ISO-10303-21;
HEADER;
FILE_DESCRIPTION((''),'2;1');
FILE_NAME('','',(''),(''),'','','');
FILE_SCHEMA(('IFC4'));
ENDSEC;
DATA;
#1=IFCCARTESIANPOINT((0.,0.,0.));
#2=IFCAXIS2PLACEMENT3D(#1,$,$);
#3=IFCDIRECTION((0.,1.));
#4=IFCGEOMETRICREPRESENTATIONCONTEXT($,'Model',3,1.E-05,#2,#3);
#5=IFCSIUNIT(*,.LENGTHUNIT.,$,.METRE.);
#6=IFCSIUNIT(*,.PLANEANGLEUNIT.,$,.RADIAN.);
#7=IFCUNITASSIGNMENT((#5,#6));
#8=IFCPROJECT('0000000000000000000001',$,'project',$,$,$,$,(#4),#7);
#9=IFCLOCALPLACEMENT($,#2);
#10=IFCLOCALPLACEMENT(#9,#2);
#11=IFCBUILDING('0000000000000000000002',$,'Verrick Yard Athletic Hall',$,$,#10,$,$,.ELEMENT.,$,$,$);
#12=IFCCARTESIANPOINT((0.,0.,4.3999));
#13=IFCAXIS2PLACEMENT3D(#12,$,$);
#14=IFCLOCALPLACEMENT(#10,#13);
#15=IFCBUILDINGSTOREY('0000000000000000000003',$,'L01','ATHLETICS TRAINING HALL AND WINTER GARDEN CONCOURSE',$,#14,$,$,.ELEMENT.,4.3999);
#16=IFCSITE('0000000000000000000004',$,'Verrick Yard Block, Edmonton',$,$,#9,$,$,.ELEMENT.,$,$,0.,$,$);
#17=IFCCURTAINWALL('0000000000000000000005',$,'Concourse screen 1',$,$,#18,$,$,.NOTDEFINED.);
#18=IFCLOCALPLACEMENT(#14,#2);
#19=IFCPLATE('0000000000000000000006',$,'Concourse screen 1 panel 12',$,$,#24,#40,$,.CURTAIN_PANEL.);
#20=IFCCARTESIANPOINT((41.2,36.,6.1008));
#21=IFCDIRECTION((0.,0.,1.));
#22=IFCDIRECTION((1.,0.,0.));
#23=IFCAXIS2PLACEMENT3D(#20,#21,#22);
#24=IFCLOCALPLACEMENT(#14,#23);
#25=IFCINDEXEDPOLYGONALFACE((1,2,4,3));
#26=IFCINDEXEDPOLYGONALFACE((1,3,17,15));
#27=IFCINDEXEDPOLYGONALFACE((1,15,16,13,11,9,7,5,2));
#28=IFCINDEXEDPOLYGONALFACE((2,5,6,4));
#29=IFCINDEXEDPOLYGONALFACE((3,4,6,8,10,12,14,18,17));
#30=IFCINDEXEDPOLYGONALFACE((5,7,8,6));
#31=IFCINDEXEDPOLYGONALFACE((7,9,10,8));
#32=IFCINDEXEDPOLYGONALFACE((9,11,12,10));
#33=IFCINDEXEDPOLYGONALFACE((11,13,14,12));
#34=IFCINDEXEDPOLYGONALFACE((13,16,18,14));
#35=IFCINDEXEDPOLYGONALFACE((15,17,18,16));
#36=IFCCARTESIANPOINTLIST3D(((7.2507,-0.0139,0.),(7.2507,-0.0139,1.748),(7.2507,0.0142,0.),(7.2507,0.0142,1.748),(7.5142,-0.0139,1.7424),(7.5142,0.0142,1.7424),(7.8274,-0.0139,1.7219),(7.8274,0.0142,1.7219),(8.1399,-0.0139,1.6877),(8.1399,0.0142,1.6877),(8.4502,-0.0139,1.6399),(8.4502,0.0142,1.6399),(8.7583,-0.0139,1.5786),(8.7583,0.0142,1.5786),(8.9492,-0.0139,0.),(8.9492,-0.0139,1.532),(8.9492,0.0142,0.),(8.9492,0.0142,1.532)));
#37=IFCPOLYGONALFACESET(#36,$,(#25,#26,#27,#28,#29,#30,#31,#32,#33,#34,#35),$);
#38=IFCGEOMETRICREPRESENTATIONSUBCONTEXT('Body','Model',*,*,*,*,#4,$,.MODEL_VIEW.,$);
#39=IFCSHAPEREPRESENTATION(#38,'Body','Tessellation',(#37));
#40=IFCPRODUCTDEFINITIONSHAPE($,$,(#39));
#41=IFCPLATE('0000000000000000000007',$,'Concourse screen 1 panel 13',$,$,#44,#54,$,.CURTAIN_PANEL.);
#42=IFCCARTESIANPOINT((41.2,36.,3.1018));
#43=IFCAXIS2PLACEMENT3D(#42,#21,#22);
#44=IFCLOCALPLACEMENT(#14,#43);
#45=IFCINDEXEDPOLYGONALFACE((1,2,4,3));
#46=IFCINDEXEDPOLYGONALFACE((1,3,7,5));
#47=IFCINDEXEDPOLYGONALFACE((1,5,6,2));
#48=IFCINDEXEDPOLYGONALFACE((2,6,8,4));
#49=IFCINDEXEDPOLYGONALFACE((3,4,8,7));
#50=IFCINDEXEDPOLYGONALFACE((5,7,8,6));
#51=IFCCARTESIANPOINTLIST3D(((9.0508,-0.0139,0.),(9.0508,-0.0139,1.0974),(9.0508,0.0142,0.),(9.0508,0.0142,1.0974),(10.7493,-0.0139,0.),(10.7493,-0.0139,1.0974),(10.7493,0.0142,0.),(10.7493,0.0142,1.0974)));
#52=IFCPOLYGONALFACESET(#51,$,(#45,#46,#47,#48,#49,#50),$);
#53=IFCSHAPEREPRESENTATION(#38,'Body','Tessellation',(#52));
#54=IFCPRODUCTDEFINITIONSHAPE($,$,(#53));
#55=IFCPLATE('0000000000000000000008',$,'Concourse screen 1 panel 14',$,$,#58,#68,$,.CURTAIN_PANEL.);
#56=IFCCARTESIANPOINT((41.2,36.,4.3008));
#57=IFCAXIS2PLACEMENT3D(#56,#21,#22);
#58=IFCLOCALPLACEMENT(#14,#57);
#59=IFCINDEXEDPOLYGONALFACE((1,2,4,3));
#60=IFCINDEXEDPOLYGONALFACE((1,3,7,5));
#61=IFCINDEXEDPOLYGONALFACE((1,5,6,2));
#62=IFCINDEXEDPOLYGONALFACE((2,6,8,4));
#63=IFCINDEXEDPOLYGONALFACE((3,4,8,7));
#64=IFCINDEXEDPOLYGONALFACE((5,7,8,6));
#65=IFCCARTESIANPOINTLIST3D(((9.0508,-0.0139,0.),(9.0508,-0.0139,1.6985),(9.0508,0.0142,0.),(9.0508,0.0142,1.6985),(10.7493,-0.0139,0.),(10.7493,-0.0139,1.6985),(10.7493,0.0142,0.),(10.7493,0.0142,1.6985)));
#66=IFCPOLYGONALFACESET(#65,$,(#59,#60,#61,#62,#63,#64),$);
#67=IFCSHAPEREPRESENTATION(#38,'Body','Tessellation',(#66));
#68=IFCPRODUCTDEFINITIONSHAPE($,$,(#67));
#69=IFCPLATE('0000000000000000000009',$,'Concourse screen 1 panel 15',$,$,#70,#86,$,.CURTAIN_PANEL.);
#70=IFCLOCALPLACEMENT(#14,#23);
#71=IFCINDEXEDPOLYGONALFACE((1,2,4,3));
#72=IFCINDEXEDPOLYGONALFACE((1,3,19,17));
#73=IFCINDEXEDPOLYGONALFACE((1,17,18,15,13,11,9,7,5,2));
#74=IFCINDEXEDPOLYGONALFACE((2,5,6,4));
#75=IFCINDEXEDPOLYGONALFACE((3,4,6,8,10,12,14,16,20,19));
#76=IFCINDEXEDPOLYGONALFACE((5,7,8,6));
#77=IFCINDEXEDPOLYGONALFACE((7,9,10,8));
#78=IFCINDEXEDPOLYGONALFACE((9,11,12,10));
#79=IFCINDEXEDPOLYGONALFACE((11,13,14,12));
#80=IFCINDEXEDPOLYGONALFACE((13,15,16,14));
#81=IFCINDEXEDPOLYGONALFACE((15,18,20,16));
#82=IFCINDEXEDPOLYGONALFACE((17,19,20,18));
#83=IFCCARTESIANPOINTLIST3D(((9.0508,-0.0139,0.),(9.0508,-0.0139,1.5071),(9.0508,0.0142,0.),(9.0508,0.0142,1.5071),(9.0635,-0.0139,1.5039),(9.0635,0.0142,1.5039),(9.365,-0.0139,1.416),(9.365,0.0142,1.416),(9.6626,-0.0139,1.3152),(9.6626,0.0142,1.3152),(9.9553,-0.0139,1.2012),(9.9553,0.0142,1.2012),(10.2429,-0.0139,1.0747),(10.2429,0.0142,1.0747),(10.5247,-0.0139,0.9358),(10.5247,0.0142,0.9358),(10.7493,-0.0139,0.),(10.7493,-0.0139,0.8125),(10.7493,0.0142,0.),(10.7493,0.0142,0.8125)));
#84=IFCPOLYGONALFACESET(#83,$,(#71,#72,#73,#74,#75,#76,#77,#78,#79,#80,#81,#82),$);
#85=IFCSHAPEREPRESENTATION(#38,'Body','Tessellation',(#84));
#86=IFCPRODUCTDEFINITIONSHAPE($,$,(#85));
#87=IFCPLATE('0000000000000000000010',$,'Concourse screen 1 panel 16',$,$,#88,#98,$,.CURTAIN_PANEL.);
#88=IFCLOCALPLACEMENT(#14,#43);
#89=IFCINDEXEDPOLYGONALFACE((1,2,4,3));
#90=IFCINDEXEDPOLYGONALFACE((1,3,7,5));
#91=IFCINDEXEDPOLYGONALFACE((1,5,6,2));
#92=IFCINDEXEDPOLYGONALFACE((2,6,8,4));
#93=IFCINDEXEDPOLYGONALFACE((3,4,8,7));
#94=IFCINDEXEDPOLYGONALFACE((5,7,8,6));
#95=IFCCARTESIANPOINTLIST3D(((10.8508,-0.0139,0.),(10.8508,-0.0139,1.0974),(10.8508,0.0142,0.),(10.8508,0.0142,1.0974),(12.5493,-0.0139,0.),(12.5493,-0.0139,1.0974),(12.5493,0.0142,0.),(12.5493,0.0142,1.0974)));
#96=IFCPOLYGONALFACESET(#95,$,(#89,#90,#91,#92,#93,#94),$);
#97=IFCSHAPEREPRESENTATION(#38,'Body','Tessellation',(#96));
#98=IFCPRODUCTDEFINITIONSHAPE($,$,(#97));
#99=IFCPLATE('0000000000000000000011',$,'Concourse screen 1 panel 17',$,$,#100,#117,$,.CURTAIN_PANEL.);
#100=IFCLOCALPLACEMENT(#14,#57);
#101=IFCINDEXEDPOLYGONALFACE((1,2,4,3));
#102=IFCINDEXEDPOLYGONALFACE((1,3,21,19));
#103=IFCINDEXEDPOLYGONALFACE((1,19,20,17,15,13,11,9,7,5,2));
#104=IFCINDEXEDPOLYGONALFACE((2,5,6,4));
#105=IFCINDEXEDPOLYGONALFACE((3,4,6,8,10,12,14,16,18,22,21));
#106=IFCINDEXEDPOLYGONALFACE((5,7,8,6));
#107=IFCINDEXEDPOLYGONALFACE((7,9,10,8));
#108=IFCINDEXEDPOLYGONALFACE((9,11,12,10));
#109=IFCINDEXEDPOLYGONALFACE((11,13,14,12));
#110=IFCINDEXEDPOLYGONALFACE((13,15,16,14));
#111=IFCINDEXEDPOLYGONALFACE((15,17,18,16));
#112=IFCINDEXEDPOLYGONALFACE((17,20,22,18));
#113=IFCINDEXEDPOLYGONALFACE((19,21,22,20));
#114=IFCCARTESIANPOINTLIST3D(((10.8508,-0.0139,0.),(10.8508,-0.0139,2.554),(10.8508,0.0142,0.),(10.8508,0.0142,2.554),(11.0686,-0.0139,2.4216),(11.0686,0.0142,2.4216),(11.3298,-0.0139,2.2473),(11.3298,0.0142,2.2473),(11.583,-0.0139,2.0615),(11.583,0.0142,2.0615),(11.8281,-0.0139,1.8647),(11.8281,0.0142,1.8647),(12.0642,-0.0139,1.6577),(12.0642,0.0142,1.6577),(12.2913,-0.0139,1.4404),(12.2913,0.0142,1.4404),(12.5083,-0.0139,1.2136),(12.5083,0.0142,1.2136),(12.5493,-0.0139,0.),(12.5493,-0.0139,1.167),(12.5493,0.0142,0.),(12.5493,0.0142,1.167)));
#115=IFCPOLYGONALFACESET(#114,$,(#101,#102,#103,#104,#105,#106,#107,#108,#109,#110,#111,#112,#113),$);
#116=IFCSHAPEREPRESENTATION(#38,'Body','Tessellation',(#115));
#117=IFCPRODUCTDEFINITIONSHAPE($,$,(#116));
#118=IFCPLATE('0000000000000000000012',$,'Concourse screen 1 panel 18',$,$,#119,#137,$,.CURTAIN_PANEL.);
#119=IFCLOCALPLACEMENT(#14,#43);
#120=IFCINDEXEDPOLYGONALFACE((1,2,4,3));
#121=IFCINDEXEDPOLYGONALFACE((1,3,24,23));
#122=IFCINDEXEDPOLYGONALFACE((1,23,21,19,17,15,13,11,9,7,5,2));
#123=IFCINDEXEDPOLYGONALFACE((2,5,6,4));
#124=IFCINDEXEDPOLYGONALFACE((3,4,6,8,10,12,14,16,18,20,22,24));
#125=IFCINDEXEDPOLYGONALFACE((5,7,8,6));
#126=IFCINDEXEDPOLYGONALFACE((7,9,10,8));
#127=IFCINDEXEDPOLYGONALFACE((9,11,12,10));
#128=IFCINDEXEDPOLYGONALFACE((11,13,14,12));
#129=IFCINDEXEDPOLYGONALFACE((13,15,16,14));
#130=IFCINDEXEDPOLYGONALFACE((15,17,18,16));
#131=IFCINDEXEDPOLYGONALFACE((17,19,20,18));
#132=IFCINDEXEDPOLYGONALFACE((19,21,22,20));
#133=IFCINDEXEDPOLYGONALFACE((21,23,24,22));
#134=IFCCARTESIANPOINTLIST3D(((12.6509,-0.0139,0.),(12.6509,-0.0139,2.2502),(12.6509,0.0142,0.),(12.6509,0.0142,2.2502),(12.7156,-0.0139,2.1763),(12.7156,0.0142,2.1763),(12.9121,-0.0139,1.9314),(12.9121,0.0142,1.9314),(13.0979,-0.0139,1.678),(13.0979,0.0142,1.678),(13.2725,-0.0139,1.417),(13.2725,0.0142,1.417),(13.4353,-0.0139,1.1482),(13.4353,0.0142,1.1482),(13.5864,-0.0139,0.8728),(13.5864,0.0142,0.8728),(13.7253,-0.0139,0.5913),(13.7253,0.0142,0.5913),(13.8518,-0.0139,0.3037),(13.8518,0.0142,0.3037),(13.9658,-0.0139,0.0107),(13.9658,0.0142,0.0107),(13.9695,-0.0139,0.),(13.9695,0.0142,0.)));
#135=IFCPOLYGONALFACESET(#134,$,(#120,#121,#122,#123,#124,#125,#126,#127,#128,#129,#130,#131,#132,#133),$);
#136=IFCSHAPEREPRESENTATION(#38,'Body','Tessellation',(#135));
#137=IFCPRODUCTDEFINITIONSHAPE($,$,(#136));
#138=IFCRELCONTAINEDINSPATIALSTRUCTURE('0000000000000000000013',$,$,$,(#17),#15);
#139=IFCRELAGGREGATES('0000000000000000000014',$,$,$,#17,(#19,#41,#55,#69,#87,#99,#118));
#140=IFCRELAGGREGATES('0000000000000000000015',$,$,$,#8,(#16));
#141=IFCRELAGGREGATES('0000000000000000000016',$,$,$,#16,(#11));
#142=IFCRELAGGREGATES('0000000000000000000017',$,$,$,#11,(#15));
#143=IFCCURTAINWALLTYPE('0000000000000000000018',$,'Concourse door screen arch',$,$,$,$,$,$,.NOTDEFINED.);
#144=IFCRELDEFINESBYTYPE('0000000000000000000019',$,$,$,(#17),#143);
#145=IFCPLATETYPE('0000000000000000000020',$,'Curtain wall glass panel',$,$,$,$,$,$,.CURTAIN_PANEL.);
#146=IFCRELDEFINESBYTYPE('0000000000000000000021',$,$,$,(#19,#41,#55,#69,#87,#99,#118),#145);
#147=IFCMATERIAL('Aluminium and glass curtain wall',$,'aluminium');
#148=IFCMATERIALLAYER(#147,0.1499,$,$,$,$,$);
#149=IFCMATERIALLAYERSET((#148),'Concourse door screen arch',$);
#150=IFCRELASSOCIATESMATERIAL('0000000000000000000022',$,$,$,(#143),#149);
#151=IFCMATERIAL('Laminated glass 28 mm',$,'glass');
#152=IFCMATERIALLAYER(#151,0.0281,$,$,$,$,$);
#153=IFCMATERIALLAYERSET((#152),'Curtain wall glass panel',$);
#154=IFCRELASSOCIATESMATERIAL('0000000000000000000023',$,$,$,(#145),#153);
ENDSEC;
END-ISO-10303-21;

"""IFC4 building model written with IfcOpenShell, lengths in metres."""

from ifc_helpers import new_model, si_unit, direction, frame, origin, place, context, subcontext, project, spatial, polyline, outline, extrude, material, layer, layer_set, type_object, element, aggregate, save


model = new_model("IFC4")

# Units and contexts
model_context = context("Model", 3, precision=1e-05, world=origin(), true_north=direction((0.0, 1.0)))
body_context = subcontext(model_context, "Body", "Model", "MODEL_VIEW")
ifc_project = project(units=[si_unit("LENGTHUNIT", "METRE"), si_unit("PLANEANGLEUNIT", "RADIAN")], contexts=[model_context])

# Site, building, storey
site_placement = place(None, origin())
site = spatial("IfcSite", under=ifc_project, at=site_placement, Name="Verrick Yard Block, Edmonton", CompositionType="ELEMENT", RefElevation=0.0)
building_placement = place(site_placement, origin())
building = spatial("IfcBuilding", under=site, at=building_placement, Name="Verrick Yard Athletic Hall", CompositionType="ELEMENT")
storey_placement = place(building_placement, frame((0.0, 0.0, 4.3999)))
storey = spatial("IfcBuildingStorey", under=building, at=storey_placement, Name="L01", Description="ATHLETICS TRAINING HALL AND WINTER GARDEN CONCOURSE", CompositionType="ELEMENT", Elevation=4.3999)

# Curtain wall, plates
ifc_material_1 = material(Name="Aluminium and glass curtain wall", Category="aluminium")
ifc_layer_1 = layer(ifc_material_1, 0.1499)
ifc_layer_set_1 = layer_set([ifc_layer_1], Name="Concourse door screen arch")
curtain_wall_type = type_object("IfcCurtainWallType", Name="Concourse door screen arch", PredefinedType="NOTDEFINED", material=ifc_layer_set_1)
curtain_wall_placement = place(storey_placement, origin())
curtain_wall = element("IfcCurtainWall", 1, at=curtain_wall_placement, inside=storey, type_object=curtain_wall_type, Name="Concourse screen 1", PredefinedType="NOTDEFINED")
ifc_material_2 = material(Name="Laminated glass 28 mm", Category="glass")
ifc_layer_2 = layer(ifc_material_2, 0.0281)
ifc_layer_set_2 = layer_set([ifc_layer_2], Name="Curtain wall glass panel")
plate_type = type_object("IfcPlateType", Name="Curtain wall glass panel", PredefinedType="CURTAIN_PANEL", material=ifc_layer_set_2)
plate_1_placement = place(storey_placement, frame((41.2, 36.0, 6.1008), z_axis=(0.0, 0.0, 1.0), x_axis=(1.0, 0.0, 0.0)))
plate_1 = element("IfcPlate", 2, at=plate_1_placement, type_object=plate_type, Name="Concourse screen 1 panel 12", PredefinedType="CURTAIN_PANEL", context=body_context, shape_type="SweptSolid", body=[
    extrude(outline(polyline([(8.9492, 1.532), (8.7583, 1.5786), (8.4502, 1.6399), (8.1399, 1.6877), (7.8274, 1.7219), (7.5142, 1.7424), (7.2507, 1.748), (7.2507, 0.0), (8.9492, 0.0), (8.9492, 1.532)])), frame((0.0, 0.0142, 0.0), z_axis=(0.0, -1.0, 0.0), x_axis=(1.0, 0.0, 0.0)), (0.0, 0.0, 1.0), 0.0281),
])
plate_2_placement = place(storey_placement, frame((41.2, 36.0, 3.1018), z_axis=(0.0, 0.0, 1.0), x_axis=(1.0, 0.0, 0.0)))
plate_2 = element("IfcPlate", 3, at=plate_2_placement, type_object=plate_type, Name="Concourse screen 1 panel 13", PredefinedType="CURTAIN_PANEL", context=body_context, shape_type="SweptSolid", body=[
    extrude(outline(polyline([(10.7493, 0.0), (10.7493, 1.0974), (9.0508, 1.0974), (9.0508, 0.0), (10.7493, 0.0)])), frame((0.0, 0.0142, 0.0), z_axis=(0.0, -1.0, 0.0), x_axis=(1.0, 0.0, 0.0)), (0.0, 0.0, 1.0), 0.0281),
])
plate_3_placement = place(storey_placement, frame((41.2, 36.0, 4.3008), z_axis=(0.0, 0.0, 1.0), x_axis=(1.0, 0.0, 0.0)))
plate_3 = element("IfcPlate", 4, at=plate_3_placement, type_object=plate_type, Name="Concourse screen 1 panel 14", PredefinedType="CURTAIN_PANEL", context=body_context, shape_type="SweptSolid", body=[
    extrude(outline(polyline([(10.7493, 0.0), (10.7493, 1.6985), (9.0508, 1.6985), (9.0508, 0.0), (10.7493, 0.0)])), frame((0.0, 0.0142, 0.0), z_axis=(0.0, -1.0, 0.0), x_axis=(1.0, 0.0, 0.0)), (0.0, 0.0, 1.0), 0.0281),
])
plate_4_placement = place(storey_placement, frame((41.2, 36.0, 6.1008), z_axis=(0.0, 0.0, 1.0), x_axis=(1.0, 0.0, 0.0)))
plate_4 = element("IfcPlate", 5, at=plate_4_placement, type_object=plate_type, Name="Concourse screen 1 panel 15", PredefinedType="CURTAIN_PANEL", context=body_context, shape_type="SweptSolid", body=[
    extrude(outline(polyline([(10.7493, 0.8125), (10.5247, 0.9358), (10.2429, 1.0747), (9.9553, 1.2012), (9.6626, 1.3152), (9.365, 1.416), (9.0635, 1.5039), (9.0508, 1.5071), (9.0508, 0.0), (10.7493, 0.0), (10.7493, 0.8125)])), frame((0.0, 0.0142, 0.0), z_axis=(0.0, -1.0, 0.0), x_axis=(1.0, 0.0, 0.0)), (0.0, 0.0, 1.0), 0.0281),
])
plate_5_placement = place(storey_placement, frame((41.2, 36.0, 3.1018), z_axis=(0.0, 0.0, 1.0), x_axis=(1.0, 0.0, 0.0)))
plate_5 = element("IfcPlate", 6, at=plate_5_placement, type_object=plate_type, Name="Concourse screen 1 panel 16", PredefinedType="CURTAIN_PANEL", context=body_context, shape_type="SweptSolid", body=[
    extrude(outline(polyline([(12.5493, 0.0), (12.5493, 1.0974), (10.8508, 1.0974), (10.8508, 0.0), (12.5493, 0.0)])), frame((0.0, 0.0142, 0.0), z_axis=(0.0, -1.0, 0.0), x_axis=(1.0, 0.0, 0.0)), (0.0, 0.0, 1.0), 0.0281),
])
plate_6_placement = place(storey_placement, frame((41.2, 36.0, 4.3008), z_axis=(0.0, 0.0, 1.0), x_axis=(1.0, 0.0, 0.0)))
plate_6 = element("IfcPlate", 7, at=plate_6_placement, type_object=plate_type, Name="Concourse screen 1 panel 17", PredefinedType="CURTAIN_PANEL", context=body_context, shape_type="SweptSolid", body=[
    extrude(outline(polyline([(12.5493, 1.167), (12.5083, 1.2136), (12.2913, 1.4404), (12.0642, 1.6577), (11.8281, 1.8647), (11.583, 2.0615), (11.3298, 2.2473), (11.0686, 2.4216), (10.8508, 2.554), (10.8508, 0.0), (12.5493, 0.0), (12.5493, 1.167)])), frame((0.0, 0.0142, 0.0), z_axis=(0.0, -1.0, 0.0), x_axis=(1.0, 0.0, 0.0)), (0.0, 0.0, 1.0), 0.0281),
])
plate_7_placement = place(storey_placement, frame((41.2, 36.0, 3.1018), z_axis=(0.0, 0.0, 1.0), x_axis=(1.0, 0.0, 0.0)))
plate_7 = element("IfcPlate", 8, at=plate_7_placement, type_object=plate_type, Name="Concourse screen 1 panel 18", PredefinedType="CURTAIN_PANEL", context=body_context, shape_type="SweptSolid", body=[
    extrude(outline(polyline([(13.9695, 0.0), (13.9658, 0.0107), (13.8518, 0.3037), (13.7253, 0.5913), (13.5864, 0.8728), (13.4353, 1.1482), (13.2725, 1.417), (13.0979, 1.678), (12.9121, 1.9314), (12.7156, 2.1763), (12.6509, 2.2502), (12.6509, 0.0), (13.9695, 0.0)])), frame((0.0, 0.0142, 0.0), z_axis=(0.0, -1.0, 0.0), x_axis=(1.0, 0.0, 0.0)), (0.0, 0.0, 1.0), 0.0281),
])
aggregate(curtain_wall, [plate_1, plate_2, plate_3, plate_4, plate_5, plate_6, plate_7])

save(model, "model.ifc")
